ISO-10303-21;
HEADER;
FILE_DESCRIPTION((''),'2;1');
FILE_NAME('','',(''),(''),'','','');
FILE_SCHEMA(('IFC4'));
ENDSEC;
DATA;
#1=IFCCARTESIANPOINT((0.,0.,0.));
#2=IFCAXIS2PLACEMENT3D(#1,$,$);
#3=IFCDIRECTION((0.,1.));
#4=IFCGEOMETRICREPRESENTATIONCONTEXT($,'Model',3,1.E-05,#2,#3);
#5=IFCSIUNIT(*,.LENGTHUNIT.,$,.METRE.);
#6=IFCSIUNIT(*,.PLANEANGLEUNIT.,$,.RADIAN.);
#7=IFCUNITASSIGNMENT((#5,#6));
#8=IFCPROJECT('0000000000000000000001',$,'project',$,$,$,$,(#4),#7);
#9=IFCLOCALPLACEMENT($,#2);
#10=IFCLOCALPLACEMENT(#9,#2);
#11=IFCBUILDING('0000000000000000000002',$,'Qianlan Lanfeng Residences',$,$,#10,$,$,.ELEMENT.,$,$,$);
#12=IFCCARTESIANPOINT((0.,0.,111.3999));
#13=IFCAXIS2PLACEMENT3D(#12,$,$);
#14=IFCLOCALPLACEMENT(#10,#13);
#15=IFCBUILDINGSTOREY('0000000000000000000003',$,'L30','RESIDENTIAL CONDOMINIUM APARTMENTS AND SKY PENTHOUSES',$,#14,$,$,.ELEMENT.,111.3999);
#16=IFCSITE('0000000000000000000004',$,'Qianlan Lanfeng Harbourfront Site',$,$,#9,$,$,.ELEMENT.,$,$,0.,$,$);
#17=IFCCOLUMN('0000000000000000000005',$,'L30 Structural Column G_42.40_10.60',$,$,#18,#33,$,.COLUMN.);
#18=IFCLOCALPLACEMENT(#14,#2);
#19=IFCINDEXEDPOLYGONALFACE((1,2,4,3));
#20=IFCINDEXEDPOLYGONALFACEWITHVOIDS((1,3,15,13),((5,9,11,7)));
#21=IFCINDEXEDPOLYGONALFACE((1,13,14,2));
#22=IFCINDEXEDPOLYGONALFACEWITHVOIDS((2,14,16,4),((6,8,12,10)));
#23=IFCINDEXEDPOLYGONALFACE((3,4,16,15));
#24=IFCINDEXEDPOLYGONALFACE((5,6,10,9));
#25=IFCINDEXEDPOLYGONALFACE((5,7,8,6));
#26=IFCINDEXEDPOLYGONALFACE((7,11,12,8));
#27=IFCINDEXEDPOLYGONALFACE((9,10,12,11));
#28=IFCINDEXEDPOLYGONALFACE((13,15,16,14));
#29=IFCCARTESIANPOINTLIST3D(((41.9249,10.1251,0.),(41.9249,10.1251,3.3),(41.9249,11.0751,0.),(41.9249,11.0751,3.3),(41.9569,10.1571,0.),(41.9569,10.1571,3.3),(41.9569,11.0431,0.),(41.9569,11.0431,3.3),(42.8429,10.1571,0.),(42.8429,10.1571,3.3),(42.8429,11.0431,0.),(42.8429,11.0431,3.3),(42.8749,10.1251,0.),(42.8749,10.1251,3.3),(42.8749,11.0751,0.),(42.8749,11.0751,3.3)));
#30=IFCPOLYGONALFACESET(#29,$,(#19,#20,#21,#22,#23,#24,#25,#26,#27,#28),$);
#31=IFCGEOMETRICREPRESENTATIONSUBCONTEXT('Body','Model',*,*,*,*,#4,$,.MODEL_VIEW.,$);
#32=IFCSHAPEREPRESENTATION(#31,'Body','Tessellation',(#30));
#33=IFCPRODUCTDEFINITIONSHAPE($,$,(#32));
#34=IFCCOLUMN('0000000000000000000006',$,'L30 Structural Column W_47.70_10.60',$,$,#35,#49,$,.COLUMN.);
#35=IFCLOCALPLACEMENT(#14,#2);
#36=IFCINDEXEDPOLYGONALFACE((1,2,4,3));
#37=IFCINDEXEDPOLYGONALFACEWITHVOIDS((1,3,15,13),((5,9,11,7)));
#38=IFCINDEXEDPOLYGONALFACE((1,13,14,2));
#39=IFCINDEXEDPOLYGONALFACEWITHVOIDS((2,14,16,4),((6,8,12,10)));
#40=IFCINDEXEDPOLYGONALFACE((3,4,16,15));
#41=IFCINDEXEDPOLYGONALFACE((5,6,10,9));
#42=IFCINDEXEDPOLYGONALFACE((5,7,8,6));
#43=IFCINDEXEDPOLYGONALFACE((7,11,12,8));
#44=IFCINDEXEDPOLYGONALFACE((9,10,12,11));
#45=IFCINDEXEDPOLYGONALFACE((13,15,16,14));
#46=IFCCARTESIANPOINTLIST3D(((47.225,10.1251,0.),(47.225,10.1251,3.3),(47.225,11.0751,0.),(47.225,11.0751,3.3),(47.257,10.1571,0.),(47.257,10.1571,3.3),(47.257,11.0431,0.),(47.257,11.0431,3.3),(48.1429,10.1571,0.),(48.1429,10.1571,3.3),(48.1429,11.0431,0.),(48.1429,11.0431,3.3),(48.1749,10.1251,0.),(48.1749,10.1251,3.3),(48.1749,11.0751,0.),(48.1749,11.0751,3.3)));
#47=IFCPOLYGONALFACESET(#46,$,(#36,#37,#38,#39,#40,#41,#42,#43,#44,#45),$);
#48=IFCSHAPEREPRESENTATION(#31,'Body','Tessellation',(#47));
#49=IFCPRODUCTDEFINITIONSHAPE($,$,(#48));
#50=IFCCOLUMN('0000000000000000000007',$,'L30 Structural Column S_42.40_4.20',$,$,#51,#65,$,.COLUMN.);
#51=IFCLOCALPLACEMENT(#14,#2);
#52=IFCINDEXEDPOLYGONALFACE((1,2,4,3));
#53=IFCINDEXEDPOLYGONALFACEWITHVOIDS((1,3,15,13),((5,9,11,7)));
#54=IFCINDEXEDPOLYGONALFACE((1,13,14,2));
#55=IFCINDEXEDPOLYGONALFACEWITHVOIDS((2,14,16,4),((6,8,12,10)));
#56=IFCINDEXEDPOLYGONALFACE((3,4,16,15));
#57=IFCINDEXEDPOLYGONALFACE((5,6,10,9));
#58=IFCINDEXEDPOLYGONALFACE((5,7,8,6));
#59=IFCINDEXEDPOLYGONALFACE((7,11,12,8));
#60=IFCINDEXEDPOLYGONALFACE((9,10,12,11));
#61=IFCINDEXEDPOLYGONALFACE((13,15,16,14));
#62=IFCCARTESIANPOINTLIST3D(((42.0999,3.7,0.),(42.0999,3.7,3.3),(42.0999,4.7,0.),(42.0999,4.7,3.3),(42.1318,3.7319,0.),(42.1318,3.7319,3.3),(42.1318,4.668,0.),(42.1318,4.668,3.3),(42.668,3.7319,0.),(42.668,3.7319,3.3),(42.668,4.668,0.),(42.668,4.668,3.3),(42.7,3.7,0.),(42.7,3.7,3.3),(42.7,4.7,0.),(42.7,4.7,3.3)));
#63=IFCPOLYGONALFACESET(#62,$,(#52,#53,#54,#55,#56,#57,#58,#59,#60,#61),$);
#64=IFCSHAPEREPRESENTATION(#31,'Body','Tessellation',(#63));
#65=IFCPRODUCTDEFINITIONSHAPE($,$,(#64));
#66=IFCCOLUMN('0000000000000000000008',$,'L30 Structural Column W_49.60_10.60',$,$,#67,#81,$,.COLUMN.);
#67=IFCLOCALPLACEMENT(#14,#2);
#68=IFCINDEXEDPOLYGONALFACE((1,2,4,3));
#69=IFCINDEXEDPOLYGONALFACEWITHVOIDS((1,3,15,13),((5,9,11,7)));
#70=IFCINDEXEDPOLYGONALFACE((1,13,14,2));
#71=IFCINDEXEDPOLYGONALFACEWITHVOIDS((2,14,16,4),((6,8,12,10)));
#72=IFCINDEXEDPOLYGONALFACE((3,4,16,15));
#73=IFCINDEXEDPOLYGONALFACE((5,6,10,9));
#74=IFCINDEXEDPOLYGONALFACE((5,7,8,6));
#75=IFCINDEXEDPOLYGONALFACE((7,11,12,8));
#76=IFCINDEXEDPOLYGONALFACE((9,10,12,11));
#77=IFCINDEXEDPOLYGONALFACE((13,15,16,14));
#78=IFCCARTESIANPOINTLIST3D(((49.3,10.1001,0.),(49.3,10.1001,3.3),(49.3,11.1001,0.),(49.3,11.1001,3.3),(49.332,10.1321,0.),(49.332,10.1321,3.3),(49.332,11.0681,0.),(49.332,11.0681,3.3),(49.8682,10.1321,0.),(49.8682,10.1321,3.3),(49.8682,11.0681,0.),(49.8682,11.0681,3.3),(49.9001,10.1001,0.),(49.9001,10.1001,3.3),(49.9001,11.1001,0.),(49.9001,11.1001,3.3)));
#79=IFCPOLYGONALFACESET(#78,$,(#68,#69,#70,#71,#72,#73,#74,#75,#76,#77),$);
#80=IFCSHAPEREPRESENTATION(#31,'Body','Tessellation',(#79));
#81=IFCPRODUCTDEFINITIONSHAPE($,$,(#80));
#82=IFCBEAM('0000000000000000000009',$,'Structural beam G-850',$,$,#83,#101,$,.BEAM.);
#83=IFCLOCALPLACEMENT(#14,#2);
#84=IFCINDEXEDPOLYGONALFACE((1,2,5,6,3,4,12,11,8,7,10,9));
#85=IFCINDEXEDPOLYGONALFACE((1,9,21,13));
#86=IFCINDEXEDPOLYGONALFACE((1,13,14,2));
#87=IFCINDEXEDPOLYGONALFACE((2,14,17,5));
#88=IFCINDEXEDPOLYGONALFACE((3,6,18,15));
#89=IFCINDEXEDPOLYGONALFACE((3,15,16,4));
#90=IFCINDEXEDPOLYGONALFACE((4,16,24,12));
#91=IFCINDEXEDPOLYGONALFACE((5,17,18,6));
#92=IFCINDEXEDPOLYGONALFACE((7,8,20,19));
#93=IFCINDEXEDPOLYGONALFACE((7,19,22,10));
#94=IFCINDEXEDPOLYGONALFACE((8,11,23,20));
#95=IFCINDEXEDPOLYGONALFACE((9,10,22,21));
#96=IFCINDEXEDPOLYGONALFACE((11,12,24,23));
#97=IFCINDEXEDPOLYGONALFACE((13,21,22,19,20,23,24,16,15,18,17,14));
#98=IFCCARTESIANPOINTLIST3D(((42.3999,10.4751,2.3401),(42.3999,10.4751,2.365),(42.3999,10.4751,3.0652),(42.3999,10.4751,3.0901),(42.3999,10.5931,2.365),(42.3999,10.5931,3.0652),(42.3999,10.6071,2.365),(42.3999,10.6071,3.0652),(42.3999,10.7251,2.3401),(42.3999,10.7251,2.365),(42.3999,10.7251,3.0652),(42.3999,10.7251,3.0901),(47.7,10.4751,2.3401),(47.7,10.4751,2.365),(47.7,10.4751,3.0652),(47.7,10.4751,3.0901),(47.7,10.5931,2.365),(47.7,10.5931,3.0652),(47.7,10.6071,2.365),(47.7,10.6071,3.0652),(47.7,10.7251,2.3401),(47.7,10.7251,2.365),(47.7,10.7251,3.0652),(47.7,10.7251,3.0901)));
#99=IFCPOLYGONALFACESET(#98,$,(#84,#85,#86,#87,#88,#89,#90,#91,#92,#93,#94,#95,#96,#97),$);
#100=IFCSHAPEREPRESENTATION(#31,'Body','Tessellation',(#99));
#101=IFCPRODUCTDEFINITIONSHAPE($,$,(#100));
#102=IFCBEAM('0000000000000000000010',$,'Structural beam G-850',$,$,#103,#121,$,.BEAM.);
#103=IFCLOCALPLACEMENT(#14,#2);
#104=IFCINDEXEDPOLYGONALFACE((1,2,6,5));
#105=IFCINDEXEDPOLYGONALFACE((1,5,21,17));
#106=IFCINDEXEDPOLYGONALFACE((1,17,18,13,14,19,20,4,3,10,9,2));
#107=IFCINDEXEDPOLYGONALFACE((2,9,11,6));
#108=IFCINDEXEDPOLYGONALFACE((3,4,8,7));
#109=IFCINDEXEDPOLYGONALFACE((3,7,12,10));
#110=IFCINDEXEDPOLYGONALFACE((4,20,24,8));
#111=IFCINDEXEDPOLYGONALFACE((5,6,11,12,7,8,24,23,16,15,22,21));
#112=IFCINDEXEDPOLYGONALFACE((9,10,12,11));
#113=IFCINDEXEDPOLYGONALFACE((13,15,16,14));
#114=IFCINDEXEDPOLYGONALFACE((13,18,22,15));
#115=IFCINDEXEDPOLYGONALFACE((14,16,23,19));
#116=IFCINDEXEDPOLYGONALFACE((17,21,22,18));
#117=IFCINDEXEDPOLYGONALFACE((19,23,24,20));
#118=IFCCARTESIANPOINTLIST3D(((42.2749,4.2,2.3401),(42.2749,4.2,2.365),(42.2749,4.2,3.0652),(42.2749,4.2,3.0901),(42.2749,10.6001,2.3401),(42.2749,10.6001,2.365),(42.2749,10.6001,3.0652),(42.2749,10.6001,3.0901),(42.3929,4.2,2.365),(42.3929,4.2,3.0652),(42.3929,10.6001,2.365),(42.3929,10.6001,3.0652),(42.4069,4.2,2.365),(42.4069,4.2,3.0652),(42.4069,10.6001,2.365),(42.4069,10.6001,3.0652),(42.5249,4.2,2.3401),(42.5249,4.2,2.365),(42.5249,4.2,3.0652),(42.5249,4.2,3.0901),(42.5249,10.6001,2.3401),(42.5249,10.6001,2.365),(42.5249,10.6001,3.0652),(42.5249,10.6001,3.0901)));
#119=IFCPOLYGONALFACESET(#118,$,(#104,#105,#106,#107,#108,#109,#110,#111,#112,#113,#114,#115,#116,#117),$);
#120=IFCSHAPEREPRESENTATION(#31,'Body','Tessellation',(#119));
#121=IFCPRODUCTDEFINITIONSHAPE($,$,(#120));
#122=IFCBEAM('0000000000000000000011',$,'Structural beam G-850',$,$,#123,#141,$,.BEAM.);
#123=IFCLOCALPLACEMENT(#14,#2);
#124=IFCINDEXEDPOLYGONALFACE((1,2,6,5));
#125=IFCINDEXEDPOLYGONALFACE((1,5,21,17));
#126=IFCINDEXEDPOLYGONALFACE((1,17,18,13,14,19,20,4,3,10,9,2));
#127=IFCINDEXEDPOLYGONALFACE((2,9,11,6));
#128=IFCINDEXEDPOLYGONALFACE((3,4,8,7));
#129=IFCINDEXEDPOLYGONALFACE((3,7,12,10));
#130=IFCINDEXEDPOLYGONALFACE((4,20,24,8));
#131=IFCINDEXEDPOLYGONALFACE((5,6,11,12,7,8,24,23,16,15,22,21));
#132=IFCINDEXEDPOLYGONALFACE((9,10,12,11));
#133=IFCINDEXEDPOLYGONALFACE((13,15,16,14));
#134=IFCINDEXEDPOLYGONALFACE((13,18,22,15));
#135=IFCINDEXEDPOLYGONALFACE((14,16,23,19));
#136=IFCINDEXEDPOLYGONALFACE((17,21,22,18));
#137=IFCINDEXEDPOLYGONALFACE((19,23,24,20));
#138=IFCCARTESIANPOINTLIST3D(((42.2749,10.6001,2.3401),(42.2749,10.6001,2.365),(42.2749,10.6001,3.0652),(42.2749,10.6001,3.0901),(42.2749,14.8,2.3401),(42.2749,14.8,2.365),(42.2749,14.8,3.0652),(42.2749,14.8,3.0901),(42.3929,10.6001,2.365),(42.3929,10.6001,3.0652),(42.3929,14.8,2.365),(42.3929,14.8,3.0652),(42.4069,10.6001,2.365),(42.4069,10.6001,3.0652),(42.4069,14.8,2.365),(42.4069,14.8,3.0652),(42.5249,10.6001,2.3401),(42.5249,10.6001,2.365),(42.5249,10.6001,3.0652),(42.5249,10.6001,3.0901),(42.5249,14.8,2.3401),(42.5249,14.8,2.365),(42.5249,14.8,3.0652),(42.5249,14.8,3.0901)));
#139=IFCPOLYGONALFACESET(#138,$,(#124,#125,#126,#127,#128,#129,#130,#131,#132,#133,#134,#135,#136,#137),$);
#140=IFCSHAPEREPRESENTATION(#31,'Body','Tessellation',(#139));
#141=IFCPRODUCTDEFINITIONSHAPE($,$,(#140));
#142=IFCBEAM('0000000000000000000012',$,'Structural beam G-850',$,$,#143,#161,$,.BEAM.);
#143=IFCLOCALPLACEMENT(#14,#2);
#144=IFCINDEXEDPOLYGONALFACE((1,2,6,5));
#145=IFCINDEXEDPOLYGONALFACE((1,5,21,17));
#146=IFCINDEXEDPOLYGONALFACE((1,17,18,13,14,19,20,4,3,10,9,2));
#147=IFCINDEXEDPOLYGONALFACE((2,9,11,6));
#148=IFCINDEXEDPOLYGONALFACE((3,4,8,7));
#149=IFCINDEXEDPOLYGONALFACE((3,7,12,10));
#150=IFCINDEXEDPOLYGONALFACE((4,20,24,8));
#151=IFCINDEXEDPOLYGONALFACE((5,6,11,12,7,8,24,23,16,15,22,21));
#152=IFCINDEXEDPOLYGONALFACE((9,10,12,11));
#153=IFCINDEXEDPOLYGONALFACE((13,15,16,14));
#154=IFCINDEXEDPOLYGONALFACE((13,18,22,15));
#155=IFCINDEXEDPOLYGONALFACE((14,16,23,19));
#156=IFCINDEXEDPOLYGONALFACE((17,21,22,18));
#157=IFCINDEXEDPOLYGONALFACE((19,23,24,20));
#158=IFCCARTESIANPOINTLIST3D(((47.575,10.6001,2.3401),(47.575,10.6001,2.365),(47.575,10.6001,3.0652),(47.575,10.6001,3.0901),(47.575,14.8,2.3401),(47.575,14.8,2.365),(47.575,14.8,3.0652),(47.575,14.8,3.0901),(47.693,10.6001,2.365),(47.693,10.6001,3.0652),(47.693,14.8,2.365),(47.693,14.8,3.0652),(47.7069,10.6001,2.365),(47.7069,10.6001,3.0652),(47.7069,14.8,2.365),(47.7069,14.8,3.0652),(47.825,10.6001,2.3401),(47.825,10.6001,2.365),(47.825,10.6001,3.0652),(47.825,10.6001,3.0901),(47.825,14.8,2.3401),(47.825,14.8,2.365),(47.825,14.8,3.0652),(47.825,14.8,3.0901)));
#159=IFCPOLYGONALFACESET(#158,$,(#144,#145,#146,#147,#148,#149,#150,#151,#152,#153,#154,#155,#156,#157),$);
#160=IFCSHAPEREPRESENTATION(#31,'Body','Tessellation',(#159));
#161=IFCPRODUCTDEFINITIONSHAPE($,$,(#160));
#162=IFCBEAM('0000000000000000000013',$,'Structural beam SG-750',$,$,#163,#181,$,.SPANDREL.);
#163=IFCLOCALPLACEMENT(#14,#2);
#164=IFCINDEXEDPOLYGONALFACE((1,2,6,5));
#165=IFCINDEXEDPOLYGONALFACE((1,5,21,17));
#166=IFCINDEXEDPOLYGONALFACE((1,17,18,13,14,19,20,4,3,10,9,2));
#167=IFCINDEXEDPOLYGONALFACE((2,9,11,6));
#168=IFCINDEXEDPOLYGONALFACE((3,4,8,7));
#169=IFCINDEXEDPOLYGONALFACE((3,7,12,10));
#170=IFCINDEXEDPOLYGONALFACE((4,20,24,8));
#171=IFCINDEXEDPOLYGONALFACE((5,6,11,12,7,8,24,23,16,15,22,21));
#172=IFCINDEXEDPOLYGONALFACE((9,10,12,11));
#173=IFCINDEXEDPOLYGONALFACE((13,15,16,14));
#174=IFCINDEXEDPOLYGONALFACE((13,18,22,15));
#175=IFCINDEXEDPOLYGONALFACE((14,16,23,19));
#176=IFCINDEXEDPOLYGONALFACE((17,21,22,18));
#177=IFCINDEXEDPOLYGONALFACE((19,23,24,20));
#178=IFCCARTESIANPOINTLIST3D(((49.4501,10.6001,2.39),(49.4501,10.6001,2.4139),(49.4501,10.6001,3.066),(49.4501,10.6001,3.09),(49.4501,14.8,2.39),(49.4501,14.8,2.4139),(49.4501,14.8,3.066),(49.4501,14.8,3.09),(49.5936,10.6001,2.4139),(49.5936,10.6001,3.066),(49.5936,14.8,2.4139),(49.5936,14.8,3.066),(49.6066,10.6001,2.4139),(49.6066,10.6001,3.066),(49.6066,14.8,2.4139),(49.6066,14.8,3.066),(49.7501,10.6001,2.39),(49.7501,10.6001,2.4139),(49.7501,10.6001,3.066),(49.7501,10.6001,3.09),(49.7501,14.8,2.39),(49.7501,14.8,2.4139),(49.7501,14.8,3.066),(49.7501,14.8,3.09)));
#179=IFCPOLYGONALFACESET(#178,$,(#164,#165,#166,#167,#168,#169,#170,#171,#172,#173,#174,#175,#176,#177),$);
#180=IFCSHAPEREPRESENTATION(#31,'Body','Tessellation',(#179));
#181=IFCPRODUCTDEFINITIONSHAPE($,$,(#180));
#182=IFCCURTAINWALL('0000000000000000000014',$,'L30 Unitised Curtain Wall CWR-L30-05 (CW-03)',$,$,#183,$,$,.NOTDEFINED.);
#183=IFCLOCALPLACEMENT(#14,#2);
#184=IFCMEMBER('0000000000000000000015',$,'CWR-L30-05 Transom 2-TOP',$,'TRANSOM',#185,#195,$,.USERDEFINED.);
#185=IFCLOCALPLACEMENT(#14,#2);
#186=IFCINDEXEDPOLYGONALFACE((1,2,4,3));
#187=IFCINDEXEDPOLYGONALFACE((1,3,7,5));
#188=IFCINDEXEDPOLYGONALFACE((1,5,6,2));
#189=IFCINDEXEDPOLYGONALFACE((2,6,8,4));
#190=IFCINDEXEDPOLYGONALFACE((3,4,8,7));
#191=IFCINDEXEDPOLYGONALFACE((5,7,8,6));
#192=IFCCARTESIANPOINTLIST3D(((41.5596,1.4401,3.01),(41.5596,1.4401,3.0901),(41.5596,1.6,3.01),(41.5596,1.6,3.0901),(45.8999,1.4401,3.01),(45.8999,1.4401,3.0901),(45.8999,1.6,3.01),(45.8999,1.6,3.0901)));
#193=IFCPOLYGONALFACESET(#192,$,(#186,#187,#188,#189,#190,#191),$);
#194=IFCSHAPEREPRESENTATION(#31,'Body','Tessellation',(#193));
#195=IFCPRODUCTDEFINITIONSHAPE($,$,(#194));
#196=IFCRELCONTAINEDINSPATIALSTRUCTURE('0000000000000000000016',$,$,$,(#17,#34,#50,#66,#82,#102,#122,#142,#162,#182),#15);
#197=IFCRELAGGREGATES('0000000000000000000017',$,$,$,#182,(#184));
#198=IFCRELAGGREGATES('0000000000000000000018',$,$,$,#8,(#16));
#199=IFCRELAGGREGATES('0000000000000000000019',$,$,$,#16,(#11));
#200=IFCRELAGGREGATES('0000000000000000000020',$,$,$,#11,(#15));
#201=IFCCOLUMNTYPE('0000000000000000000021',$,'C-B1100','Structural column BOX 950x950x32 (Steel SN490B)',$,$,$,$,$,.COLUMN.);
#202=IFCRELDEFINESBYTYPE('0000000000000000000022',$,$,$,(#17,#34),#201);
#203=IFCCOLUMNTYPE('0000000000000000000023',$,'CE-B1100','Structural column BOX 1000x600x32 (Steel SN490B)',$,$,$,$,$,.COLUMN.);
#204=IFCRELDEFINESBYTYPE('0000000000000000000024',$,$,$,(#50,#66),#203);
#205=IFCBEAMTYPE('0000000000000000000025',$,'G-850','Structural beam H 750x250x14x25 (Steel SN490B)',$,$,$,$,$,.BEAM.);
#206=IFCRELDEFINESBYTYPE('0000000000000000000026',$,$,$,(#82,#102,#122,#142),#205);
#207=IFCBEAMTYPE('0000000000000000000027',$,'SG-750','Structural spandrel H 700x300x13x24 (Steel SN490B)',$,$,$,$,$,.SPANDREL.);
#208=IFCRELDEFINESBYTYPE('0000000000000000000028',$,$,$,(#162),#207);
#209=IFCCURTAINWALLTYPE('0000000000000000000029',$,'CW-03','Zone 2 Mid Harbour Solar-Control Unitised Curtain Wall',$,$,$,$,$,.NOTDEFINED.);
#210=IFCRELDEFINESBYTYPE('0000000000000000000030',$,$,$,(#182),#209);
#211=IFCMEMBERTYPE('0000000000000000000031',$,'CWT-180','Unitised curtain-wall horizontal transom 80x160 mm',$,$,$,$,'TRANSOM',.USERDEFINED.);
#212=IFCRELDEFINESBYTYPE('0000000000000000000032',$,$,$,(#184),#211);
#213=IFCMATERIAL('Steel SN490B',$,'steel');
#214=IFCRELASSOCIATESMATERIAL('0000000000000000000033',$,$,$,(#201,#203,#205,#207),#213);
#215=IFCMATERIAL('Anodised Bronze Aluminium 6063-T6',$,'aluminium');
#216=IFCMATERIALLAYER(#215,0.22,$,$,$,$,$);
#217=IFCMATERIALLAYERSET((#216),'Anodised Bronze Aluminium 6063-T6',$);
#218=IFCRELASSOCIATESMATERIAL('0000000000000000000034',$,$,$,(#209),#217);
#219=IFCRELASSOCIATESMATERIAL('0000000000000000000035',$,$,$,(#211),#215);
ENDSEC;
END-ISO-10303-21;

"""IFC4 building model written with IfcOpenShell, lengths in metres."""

from ifc_helpers import new_model, si_unit, direction, frame, origin, origin_2d, place, context, subcontext, project, spatial, rectangle, hollow_rectangle, i_section, extrude, source, transform, mapped, material, layer, layer_set, material_profile, profile_set, type_object, element, aggregate, save


model = new_model("IFC4")

# Units and contexts
model_context = context("Model", 3, precision=1e-05, world=origin(), true_north=direction((0.0, 1.0)))
body_context = subcontext(model_context, "Body", "Model", "MODEL_VIEW")
ifc_project = project(units=[si_unit("LENGTHUNIT", "METRE"), si_unit("PLANEANGLEUNIT", "RADIAN")], contexts=[model_context])

# Site, building, storey
site_placement = place(None, origin())
site = spatial("IfcSite", under=ifc_project, at=site_placement, Name="Qianlan Lanfeng Harbourfront Site", CompositionType="ELEMENT", RefElevation=0.0)
building_placement = place(site_placement, origin())
building = spatial("IfcBuilding", under=site, at=building_placement, Name="Qianlan Lanfeng Residences", CompositionType="ELEMENT")
storey_placement = place(building_placement, frame((0.0, 0.0, 111.3999)))
storey = spatial("IfcBuildingStorey", under=building, at=storey_placement, Name="L30", Description="RESIDENTIAL CONDOMINIUM APARTMENTS AND SKY PENTHOUSES", CompositionType="ELEMENT", Elevation=111.3999)

# Columns
ifc_material_1 = material(Name="Steel SN490B", Category="steel")
ifc_material_profile_1 = material_profile(ifc_material_1, hollow_rectangle(XDim=0.95, YDim=0.95, WallThickness=0.032, at=origin_2d()), Name="BOX 950x950x32")
ifc_profile_set_1 = profile_set([ifc_material_profile_1], Name="Steel SN490B")
column_type_1 = type_object("IfcColumnType", Name="C-B1100", Description="Structural column BOX 950x950x32 (Steel SN490B)", PredefinedType="COLUMN", material=ifc_profile_set_1)
for number, where, z_axis, x_axis, name in (
    (1, (42.3999, 10.6001, 0.0), (0.0, 0.0, 1.0), (1.0, 0.0, 0.0), "L30 Structural Column G_42.40_10.60"),
    (2, (47.7, 10.6001, 0.0), (0.0, 0.0, 1.0), (1.0, 0.0, 0.0), "L30 Structural Column W_47.70_10.60"),
):
    element("IfcColumn", number, at=place(storey_placement, frame(where, z_axis=z_axis, x_axis=x_axis)), inside=storey, type_object=column_type_1, Name=name, PredefinedType="COLUMN", context=body_context, shape_type="SweptSolid", body=[
        extrude(hollow_rectangle(XDim=0.95, YDim=0.95, WallThickness=0.032, at=origin_2d()), origin(), (0.0, 0.0, 1.0), 3.3),
    ])
ifc_material_profile_2 = material_profile(ifc_material_1, hollow_rectangle(XDim=0.6001, YDim=1.0, WallThickness=0.032, at=origin_2d()), Name="BOX 1000x600x32")
ifc_profile_set_2 = profile_set([ifc_material_profile_2], Name="Steel SN490B")
column_type_2 = type_object("IfcColumnType", Name="CE-B1100", Description="Structural column BOX 1000x600x32 (Steel SN490B)", PredefinedType="COLUMN", material=ifc_profile_set_2)
for number, where, z_axis, x_axis, name in (
    (3, (42.3999, 4.2, 0.0), (0.0, 0.0, 1.0), (1.0, 0.0, 0.0), "L30 Structural Column S_42.40_4.20"),
    (4, (49.6001, 10.6001, 0.0), (0.0, 0.0, 1.0), (1.0, 0.0, 0.0), "L30 Structural Column W_49.60_10.60"),
):
    element("IfcColumn", number, at=place(storey_placement, frame(where, z_axis=z_axis, x_axis=x_axis)), inside=storey, type_object=column_type_2, Name=name, PredefinedType="COLUMN", context=body_context, shape_type="SweptSolid", body=[
        extrude(hollow_rectangle(XDim=0.6001, YDim=1.0, WallThickness=0.032, at=origin_2d()), origin(), (0.0, 0.0, 1.0), 3.3),
    ])

# Beams
ifc_material_profile_3 = material_profile(ifc_material_1, i_section(OverallWidth=0.25, OverallDepth=0.75, WebThickness=0.0139, FlangeThickness=0.0249, at=origin_2d()), Name="H 750x250x14x25")
ifc_profile_set_3 = profile_set([ifc_material_profile_3], Name="Steel SN490B")
beam_type_1 = type_object("IfcBeamType", Name="G-850", Description="Structural beam H 750x250x14x25 (Steel SN490B)", PredefinedType="BEAM", material=ifc_profile_set_3)
beam_1_placement = place(storey_placement, frame((42.3999, 10.6001, 2.7151), z_axis=(1.0, 0.0, 0.0), x_axis=(0.0, 1.0, 0.0)))
element("IfcBeam", 5, at=beam_1_placement, inside=storey, type_object=beam_type_1, Name="Structural beam G-850", PredefinedType="BEAM", context=body_context, shape_type="SweptSolid", body=[
    extrude(i_section(OverallWidth=0.25, OverallDepth=0.75, WebThickness=0.0139, FlangeThickness=0.0249, at=origin_2d()), origin(), (0.0, 0.0, 1.0), 5.3),
])
beam_2_placement = place(storey_placement, frame((42.3999, 4.2, 2.7151), z_axis=(0.0, 1.0, 0.0), x_axis=(-1.0, 0.0, 0.0)))
element("IfcBeam", 6, at=beam_2_placement, inside=storey, type_object=beam_type_1, Name="Structural beam G-850", PredefinedType="BEAM", context=body_context, shape_type="SweptSolid", body=[
    extrude(i_section(OverallWidth=0.25, OverallDepth=0.75, WebThickness=0.0139, FlangeThickness=0.0249, at=origin_2d()), origin(), (0.0, 0.0, 1.0), 6.4001),
])
for number, where, z_axis, x_axis, name in (
    (7, (42.3999, 10.6001, 2.7151), (0.0, 1.0, 0.0), (-1.0, 0.0, 0.0), "Structural beam G-850"),
    (8, (47.7, 10.6001, 2.7151), (0.0, 1.0, 0.0), (-1.0, 0.0, 0.0), "Structural beam G-850"),
):
    element("IfcBeam", number, at=place(storey_placement, frame(where, z_axis=z_axis, x_axis=x_axis)), inside=storey, type_object=beam_type_1, Name=name, PredefinedType="BEAM", context=body_context, shape_type="SweptSolid", body=[
        extrude(i_section(OverallWidth=0.25, OverallDepth=0.75, WebThickness=0.0139, FlangeThickness=0.0249, at=origin_2d()), origin(), (0.0, 0.0, 1.0), 4.2),
    ])
ifc_material_profile_4 = material_profile(ifc_material_1, i_section(OverallWidth=0.3, OverallDepth=0.7, WebThickness=0.0129, FlangeThickness=0.0239, at=origin_2d()), Name="H 700x300x13x24")
ifc_profile_set_4 = profile_set([ifc_material_profile_4], Name="Steel SN490B")
beam_type_2 = type_object("IfcBeamType", Name="SG-750", Description="Structural spandrel H 700x300x13x24 (Steel SN490B)", PredefinedType="SPANDREL", material=ifc_profile_set_4)
beam_3_placement = place(storey_placement, frame((49.6001, 10.6001, 2.74), z_axis=(0.0, 1.0, 0.0), x_axis=(-1.0, 0.0, 0.0)))
element("IfcBeam", 9, at=beam_3_placement, inside=storey, type_object=beam_type_2, Name="Structural beam SG-750", PredefinedType="SPANDREL", context=body_context, shape_type="SweptSolid", body=[
    extrude(i_section(OverallWidth=0.3, OverallDepth=0.7, WebThickness=0.0129, FlangeThickness=0.0239, at=origin_2d()), origin(), (0.0, 0.0, 1.0), 4.2),
])

# Curtain wall, member
ifc_material_2 = material(Name="Anodised Bronze Aluminium 6063-T6", Category="aluminium")
ifc_layer_1 = layer(ifc_material_2, 0.22)
ifc_layer_set_1 = layer_set([ifc_layer_1], Name="Anodised Bronze Aluminium 6063-T6")
curtain_wall_type = type_object("IfcCurtainWallType", Name="CW-03", Description="Zone 2 Mid Harbour Solar-Control Unitised Curtain Wall", PredefinedType="NOTDEFINED", material=ifc_layer_set_1)
curtain_wall_placement = place(storey_placement, origin())
curtain_wall = element("IfcCurtainWall", 10, at=curtain_wall_placement, inside=storey, type_object=curtain_wall_type, Name="L30 Unitised Curtain Wall CWR-L30-05 (CW-03)", PredefinedType="NOTDEFINED")
ifc_material_profile_5 = material_profile(ifc_material_2, rectangle(XDim=0.0801, YDim=0.1599, at=origin_2d()), Name="ALU TRANSOM 80x160")
ifc_profile_set_5 = profile_set([ifc_material_profile_5], Name="Anodised Bronze Aluminium 6063-T6")
member_type_1 = type_object("IfcMemberType", Name="CWT-180", Description="Unitised curtain-wall horizontal transom 80x160 mm", ElementType="TRANSOM", PredefinedType="USERDEFINED", material=ifc_profile_set_5)
shared_shape_1 = source(origin(), body_context, "Body", "SweptSolid", [
    extrude(rectangle(XDim=0.0801, YDim=0.1599, at=origin_2d()), origin(), (0.0, 0.0, 1.0), 4.3403),
])
member_1_placement = place(storey_placement, frame((41.5596, 1.52, 3.05), z_axis=(1.0, 0.0, 0.0), x_axis=(0.0, 0.0, 1.0)))
member_1 = element("IfcMember", 11, at=member_1_placement, type_object=member_type_1, Name="CWR-L30-05 Transom 2-TOP", ObjectType="TRANSOM", PredefinedType="USERDEFINED", context=body_context, shape_type="MappedRepresentation", body=[
    mapped(shared_shape_1, transform((0.0, 0.0, 0.0), scale=1.0)),
])
aggregate(curtain_wall, [member_1])

save(model, "model.ifc")
